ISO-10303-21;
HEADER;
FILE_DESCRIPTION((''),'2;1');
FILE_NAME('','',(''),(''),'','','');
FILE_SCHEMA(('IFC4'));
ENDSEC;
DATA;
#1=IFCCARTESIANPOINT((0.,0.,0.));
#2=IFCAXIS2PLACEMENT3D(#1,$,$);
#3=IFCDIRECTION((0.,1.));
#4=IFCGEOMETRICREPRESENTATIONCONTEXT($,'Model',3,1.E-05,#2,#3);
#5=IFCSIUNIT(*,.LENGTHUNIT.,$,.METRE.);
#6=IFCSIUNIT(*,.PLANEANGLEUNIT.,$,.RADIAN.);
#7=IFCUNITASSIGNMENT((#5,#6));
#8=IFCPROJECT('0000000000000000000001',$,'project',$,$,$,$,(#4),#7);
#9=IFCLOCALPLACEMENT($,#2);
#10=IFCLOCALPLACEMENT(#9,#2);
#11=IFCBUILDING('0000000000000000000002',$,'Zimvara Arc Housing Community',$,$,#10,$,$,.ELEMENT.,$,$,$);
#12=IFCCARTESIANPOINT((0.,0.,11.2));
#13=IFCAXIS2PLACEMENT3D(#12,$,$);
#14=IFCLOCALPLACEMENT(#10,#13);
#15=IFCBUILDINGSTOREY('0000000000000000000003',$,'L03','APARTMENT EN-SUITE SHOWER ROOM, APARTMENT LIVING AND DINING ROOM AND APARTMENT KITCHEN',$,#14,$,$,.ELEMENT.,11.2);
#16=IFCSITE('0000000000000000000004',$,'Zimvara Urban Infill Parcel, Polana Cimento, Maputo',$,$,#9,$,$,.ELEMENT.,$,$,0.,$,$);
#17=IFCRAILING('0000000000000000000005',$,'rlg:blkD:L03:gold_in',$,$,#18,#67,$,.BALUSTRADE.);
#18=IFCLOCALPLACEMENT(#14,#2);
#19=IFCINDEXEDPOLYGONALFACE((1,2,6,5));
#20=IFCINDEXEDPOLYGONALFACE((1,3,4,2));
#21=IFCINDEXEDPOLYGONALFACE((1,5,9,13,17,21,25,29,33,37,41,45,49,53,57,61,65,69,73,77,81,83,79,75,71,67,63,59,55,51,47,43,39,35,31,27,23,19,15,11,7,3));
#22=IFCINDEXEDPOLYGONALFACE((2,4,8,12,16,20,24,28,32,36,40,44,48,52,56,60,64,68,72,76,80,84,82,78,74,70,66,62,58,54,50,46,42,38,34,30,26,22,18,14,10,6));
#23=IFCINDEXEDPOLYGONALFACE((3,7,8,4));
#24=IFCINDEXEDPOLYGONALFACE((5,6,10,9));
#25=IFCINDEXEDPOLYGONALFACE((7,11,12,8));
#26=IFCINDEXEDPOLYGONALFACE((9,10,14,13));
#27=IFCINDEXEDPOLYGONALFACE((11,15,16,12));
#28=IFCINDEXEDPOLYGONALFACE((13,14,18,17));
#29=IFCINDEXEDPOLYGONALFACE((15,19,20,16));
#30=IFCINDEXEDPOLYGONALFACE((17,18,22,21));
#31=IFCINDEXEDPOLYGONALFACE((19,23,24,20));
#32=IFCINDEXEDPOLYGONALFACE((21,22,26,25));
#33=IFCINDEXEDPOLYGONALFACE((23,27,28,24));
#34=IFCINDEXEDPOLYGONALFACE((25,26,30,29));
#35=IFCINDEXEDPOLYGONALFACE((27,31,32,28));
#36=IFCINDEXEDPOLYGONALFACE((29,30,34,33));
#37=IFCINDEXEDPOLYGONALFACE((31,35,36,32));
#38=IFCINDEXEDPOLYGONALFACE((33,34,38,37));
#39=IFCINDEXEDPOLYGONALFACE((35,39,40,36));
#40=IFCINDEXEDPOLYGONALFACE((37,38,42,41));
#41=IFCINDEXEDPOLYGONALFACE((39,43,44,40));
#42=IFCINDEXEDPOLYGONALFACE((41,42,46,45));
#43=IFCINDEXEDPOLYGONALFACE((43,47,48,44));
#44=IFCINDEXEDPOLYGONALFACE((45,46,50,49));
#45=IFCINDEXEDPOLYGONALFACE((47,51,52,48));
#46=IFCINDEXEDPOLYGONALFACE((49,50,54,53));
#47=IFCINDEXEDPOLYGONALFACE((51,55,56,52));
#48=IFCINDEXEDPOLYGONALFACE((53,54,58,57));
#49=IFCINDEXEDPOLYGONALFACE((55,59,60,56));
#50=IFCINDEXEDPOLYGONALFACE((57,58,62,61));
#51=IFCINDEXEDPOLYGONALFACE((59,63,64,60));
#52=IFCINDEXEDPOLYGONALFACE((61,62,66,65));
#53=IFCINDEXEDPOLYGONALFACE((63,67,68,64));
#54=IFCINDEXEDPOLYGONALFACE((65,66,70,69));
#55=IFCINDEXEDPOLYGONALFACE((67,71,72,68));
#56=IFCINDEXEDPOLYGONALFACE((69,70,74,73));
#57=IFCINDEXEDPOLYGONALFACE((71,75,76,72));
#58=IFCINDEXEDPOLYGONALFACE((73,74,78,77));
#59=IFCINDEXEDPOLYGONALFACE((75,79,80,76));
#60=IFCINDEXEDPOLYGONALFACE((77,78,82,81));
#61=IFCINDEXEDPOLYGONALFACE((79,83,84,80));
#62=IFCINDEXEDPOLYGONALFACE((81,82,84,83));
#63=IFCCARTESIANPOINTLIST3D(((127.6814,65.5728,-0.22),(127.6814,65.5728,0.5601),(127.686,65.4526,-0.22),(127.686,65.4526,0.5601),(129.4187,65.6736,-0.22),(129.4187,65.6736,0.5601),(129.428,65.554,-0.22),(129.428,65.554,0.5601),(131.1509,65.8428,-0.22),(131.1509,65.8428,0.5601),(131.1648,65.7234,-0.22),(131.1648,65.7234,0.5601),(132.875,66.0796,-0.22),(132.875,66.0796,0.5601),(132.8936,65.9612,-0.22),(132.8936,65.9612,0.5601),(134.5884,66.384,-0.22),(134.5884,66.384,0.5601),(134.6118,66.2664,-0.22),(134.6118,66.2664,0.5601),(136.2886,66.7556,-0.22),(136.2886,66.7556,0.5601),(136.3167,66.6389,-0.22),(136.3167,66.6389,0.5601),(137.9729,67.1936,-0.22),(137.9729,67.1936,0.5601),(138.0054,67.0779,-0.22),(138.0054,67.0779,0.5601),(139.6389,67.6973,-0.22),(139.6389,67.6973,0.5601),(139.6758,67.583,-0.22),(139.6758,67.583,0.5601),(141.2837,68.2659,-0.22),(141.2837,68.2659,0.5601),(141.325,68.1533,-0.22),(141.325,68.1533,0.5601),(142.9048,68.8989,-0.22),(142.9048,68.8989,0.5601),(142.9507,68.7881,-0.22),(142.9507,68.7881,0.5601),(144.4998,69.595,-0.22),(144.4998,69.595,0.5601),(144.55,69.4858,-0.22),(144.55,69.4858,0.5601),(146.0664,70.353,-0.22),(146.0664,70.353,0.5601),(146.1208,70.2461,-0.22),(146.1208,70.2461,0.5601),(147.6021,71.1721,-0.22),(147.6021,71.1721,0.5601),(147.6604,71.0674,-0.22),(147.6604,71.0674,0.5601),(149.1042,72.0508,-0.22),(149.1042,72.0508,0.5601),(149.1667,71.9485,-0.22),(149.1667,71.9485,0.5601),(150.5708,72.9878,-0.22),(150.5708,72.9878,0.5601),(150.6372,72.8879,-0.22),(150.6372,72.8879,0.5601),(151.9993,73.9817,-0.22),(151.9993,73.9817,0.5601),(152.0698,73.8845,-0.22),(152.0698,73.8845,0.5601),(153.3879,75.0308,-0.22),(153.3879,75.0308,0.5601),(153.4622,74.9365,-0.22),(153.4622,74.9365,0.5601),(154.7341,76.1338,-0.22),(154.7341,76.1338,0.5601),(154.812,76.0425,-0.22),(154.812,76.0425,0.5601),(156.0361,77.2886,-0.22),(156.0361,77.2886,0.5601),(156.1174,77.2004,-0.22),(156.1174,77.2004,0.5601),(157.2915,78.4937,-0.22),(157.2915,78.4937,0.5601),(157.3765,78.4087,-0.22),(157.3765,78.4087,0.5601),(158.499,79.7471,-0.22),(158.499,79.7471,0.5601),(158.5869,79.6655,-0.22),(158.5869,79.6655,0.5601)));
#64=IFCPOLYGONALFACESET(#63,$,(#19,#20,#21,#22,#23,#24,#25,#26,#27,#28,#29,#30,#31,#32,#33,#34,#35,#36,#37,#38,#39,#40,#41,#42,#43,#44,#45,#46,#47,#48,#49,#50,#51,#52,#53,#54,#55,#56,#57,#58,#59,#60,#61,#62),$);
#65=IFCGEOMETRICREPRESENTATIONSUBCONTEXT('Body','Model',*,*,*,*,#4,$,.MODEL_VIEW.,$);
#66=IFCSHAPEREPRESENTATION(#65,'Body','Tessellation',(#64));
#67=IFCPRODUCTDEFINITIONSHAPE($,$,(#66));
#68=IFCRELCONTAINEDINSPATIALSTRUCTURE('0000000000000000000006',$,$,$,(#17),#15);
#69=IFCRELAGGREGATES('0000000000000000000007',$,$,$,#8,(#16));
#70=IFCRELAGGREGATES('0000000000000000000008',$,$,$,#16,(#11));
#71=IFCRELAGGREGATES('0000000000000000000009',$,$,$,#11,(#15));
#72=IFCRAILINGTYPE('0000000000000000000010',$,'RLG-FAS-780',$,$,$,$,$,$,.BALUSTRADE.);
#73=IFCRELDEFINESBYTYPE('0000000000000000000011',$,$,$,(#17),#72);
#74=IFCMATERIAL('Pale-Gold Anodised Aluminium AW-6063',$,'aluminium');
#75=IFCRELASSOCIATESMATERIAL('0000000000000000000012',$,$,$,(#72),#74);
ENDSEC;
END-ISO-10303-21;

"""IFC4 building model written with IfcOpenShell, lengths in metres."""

from ifc_helpers import new_model, si_unit, direction, frame, origin, place, context, subcontext, project, spatial, polyline, outline, extrude, material, type_object, element, save


model = new_model("IFC4")

# Units and contexts
model_context = context("Model", 3, precision=1e-05, world=origin(), true_north=direction((0.0, 1.0)))
body_context = subcontext(model_context, "Body", "Model", "MODEL_VIEW")
ifc_project = project(units=[si_unit("LENGTHUNIT", "METRE"), si_unit("PLANEANGLEUNIT", "RADIAN")], contexts=[model_context])

# Site, building, storey
site_placement = place(None, origin())
site = spatial("IfcSite", under=ifc_project, at=site_placement, Name="Zimvara Urban Infill Parcel, Polana Cimento, Maputo", CompositionType="ELEMENT", RefElevation=0.0)
building_placement = place(site_placement, origin())
building = spatial("IfcBuilding", under=site, at=building_placement, Name="Zimvara Arc Housing Community", CompositionType="ELEMENT")
storey_placement = place(building_placement, frame((0.0, 0.0, 11.2)))
storey = spatial("IfcBuildingStorey", under=building, at=storey_placement, Name="L03", Description="APARTMENT EN-SUITE SHOWER ROOM, APARTMENT LIVING AND DINING ROOM AND APARTMENT KITCHEN", CompositionType="ELEMENT", Elevation=11.2)

# Railing
ifc_material_1 = material(Name="Pale-Gold Anodised Aluminium AW-6063", Category="aluminium")
railing_type_1 = type_object("IfcRailingType", Name="RLG-FAS-780", PredefinedType="BALUSTRADE", material=ifc_material_1)
railing_1_placement = place(storey_placement, frame((0.0, 0.0, -0.22)))
element("IfcRailing", 1, at=railing_1_placement, inside=storey, type_object=railing_type_1, Name="rlg:blkD:L03:gold_in", PredefinedType="BALUSTRADE", context=body_context, shape_type="SweptSolid", body=[
    extrude(outline(polyline([(127.686, 65.4526), (129.428, 65.554), (131.1648, 65.7234), (132.8936, 65.9612), (134.6118, 66.2664), (136.3167, 66.6389), (138.0054, 67.0779), (139.6758, 67.583), (141.325, 68.1533), (142.9507, 68.7881), (144.55, 69.4858), (146.1208, 70.2461), (147.6604, 71.0674), (149.1667, 71.9485), (150.6372, 72.8879), (152.0698, 73.8845), (153.4622, 74.9365), (154.812, 76.0425), (156.1174, 77.2004), (157.3765, 78.4087), (158.5869, 79.6655), (158.499, 79.7471), (157.2915, 78.4937), (156.0361, 77.2886), (154.7341, 76.1338), (153.3879, 75.0308), (151.9993, 73.9817), (150.5708, 72.9878), (149.1042, 72.0508), (147.6021, 71.1721), (146.0664, 70.353), (144.4998, 69.595), (142.9048, 68.8989), (141.2837, 68.2659), (139.6389, 67.6973), (137.9729, 67.1936), (136.2886, 66.7556), (134.5884, 66.384), (132.875, 66.0796), (131.1509, 65.8428), (129.4187, 65.6736), (127.6814, 65.5728), (127.686, 65.4526)])), origin(), (0.0, 0.0, 1.0), 0.78),
])

save(model, "model.ifc")
